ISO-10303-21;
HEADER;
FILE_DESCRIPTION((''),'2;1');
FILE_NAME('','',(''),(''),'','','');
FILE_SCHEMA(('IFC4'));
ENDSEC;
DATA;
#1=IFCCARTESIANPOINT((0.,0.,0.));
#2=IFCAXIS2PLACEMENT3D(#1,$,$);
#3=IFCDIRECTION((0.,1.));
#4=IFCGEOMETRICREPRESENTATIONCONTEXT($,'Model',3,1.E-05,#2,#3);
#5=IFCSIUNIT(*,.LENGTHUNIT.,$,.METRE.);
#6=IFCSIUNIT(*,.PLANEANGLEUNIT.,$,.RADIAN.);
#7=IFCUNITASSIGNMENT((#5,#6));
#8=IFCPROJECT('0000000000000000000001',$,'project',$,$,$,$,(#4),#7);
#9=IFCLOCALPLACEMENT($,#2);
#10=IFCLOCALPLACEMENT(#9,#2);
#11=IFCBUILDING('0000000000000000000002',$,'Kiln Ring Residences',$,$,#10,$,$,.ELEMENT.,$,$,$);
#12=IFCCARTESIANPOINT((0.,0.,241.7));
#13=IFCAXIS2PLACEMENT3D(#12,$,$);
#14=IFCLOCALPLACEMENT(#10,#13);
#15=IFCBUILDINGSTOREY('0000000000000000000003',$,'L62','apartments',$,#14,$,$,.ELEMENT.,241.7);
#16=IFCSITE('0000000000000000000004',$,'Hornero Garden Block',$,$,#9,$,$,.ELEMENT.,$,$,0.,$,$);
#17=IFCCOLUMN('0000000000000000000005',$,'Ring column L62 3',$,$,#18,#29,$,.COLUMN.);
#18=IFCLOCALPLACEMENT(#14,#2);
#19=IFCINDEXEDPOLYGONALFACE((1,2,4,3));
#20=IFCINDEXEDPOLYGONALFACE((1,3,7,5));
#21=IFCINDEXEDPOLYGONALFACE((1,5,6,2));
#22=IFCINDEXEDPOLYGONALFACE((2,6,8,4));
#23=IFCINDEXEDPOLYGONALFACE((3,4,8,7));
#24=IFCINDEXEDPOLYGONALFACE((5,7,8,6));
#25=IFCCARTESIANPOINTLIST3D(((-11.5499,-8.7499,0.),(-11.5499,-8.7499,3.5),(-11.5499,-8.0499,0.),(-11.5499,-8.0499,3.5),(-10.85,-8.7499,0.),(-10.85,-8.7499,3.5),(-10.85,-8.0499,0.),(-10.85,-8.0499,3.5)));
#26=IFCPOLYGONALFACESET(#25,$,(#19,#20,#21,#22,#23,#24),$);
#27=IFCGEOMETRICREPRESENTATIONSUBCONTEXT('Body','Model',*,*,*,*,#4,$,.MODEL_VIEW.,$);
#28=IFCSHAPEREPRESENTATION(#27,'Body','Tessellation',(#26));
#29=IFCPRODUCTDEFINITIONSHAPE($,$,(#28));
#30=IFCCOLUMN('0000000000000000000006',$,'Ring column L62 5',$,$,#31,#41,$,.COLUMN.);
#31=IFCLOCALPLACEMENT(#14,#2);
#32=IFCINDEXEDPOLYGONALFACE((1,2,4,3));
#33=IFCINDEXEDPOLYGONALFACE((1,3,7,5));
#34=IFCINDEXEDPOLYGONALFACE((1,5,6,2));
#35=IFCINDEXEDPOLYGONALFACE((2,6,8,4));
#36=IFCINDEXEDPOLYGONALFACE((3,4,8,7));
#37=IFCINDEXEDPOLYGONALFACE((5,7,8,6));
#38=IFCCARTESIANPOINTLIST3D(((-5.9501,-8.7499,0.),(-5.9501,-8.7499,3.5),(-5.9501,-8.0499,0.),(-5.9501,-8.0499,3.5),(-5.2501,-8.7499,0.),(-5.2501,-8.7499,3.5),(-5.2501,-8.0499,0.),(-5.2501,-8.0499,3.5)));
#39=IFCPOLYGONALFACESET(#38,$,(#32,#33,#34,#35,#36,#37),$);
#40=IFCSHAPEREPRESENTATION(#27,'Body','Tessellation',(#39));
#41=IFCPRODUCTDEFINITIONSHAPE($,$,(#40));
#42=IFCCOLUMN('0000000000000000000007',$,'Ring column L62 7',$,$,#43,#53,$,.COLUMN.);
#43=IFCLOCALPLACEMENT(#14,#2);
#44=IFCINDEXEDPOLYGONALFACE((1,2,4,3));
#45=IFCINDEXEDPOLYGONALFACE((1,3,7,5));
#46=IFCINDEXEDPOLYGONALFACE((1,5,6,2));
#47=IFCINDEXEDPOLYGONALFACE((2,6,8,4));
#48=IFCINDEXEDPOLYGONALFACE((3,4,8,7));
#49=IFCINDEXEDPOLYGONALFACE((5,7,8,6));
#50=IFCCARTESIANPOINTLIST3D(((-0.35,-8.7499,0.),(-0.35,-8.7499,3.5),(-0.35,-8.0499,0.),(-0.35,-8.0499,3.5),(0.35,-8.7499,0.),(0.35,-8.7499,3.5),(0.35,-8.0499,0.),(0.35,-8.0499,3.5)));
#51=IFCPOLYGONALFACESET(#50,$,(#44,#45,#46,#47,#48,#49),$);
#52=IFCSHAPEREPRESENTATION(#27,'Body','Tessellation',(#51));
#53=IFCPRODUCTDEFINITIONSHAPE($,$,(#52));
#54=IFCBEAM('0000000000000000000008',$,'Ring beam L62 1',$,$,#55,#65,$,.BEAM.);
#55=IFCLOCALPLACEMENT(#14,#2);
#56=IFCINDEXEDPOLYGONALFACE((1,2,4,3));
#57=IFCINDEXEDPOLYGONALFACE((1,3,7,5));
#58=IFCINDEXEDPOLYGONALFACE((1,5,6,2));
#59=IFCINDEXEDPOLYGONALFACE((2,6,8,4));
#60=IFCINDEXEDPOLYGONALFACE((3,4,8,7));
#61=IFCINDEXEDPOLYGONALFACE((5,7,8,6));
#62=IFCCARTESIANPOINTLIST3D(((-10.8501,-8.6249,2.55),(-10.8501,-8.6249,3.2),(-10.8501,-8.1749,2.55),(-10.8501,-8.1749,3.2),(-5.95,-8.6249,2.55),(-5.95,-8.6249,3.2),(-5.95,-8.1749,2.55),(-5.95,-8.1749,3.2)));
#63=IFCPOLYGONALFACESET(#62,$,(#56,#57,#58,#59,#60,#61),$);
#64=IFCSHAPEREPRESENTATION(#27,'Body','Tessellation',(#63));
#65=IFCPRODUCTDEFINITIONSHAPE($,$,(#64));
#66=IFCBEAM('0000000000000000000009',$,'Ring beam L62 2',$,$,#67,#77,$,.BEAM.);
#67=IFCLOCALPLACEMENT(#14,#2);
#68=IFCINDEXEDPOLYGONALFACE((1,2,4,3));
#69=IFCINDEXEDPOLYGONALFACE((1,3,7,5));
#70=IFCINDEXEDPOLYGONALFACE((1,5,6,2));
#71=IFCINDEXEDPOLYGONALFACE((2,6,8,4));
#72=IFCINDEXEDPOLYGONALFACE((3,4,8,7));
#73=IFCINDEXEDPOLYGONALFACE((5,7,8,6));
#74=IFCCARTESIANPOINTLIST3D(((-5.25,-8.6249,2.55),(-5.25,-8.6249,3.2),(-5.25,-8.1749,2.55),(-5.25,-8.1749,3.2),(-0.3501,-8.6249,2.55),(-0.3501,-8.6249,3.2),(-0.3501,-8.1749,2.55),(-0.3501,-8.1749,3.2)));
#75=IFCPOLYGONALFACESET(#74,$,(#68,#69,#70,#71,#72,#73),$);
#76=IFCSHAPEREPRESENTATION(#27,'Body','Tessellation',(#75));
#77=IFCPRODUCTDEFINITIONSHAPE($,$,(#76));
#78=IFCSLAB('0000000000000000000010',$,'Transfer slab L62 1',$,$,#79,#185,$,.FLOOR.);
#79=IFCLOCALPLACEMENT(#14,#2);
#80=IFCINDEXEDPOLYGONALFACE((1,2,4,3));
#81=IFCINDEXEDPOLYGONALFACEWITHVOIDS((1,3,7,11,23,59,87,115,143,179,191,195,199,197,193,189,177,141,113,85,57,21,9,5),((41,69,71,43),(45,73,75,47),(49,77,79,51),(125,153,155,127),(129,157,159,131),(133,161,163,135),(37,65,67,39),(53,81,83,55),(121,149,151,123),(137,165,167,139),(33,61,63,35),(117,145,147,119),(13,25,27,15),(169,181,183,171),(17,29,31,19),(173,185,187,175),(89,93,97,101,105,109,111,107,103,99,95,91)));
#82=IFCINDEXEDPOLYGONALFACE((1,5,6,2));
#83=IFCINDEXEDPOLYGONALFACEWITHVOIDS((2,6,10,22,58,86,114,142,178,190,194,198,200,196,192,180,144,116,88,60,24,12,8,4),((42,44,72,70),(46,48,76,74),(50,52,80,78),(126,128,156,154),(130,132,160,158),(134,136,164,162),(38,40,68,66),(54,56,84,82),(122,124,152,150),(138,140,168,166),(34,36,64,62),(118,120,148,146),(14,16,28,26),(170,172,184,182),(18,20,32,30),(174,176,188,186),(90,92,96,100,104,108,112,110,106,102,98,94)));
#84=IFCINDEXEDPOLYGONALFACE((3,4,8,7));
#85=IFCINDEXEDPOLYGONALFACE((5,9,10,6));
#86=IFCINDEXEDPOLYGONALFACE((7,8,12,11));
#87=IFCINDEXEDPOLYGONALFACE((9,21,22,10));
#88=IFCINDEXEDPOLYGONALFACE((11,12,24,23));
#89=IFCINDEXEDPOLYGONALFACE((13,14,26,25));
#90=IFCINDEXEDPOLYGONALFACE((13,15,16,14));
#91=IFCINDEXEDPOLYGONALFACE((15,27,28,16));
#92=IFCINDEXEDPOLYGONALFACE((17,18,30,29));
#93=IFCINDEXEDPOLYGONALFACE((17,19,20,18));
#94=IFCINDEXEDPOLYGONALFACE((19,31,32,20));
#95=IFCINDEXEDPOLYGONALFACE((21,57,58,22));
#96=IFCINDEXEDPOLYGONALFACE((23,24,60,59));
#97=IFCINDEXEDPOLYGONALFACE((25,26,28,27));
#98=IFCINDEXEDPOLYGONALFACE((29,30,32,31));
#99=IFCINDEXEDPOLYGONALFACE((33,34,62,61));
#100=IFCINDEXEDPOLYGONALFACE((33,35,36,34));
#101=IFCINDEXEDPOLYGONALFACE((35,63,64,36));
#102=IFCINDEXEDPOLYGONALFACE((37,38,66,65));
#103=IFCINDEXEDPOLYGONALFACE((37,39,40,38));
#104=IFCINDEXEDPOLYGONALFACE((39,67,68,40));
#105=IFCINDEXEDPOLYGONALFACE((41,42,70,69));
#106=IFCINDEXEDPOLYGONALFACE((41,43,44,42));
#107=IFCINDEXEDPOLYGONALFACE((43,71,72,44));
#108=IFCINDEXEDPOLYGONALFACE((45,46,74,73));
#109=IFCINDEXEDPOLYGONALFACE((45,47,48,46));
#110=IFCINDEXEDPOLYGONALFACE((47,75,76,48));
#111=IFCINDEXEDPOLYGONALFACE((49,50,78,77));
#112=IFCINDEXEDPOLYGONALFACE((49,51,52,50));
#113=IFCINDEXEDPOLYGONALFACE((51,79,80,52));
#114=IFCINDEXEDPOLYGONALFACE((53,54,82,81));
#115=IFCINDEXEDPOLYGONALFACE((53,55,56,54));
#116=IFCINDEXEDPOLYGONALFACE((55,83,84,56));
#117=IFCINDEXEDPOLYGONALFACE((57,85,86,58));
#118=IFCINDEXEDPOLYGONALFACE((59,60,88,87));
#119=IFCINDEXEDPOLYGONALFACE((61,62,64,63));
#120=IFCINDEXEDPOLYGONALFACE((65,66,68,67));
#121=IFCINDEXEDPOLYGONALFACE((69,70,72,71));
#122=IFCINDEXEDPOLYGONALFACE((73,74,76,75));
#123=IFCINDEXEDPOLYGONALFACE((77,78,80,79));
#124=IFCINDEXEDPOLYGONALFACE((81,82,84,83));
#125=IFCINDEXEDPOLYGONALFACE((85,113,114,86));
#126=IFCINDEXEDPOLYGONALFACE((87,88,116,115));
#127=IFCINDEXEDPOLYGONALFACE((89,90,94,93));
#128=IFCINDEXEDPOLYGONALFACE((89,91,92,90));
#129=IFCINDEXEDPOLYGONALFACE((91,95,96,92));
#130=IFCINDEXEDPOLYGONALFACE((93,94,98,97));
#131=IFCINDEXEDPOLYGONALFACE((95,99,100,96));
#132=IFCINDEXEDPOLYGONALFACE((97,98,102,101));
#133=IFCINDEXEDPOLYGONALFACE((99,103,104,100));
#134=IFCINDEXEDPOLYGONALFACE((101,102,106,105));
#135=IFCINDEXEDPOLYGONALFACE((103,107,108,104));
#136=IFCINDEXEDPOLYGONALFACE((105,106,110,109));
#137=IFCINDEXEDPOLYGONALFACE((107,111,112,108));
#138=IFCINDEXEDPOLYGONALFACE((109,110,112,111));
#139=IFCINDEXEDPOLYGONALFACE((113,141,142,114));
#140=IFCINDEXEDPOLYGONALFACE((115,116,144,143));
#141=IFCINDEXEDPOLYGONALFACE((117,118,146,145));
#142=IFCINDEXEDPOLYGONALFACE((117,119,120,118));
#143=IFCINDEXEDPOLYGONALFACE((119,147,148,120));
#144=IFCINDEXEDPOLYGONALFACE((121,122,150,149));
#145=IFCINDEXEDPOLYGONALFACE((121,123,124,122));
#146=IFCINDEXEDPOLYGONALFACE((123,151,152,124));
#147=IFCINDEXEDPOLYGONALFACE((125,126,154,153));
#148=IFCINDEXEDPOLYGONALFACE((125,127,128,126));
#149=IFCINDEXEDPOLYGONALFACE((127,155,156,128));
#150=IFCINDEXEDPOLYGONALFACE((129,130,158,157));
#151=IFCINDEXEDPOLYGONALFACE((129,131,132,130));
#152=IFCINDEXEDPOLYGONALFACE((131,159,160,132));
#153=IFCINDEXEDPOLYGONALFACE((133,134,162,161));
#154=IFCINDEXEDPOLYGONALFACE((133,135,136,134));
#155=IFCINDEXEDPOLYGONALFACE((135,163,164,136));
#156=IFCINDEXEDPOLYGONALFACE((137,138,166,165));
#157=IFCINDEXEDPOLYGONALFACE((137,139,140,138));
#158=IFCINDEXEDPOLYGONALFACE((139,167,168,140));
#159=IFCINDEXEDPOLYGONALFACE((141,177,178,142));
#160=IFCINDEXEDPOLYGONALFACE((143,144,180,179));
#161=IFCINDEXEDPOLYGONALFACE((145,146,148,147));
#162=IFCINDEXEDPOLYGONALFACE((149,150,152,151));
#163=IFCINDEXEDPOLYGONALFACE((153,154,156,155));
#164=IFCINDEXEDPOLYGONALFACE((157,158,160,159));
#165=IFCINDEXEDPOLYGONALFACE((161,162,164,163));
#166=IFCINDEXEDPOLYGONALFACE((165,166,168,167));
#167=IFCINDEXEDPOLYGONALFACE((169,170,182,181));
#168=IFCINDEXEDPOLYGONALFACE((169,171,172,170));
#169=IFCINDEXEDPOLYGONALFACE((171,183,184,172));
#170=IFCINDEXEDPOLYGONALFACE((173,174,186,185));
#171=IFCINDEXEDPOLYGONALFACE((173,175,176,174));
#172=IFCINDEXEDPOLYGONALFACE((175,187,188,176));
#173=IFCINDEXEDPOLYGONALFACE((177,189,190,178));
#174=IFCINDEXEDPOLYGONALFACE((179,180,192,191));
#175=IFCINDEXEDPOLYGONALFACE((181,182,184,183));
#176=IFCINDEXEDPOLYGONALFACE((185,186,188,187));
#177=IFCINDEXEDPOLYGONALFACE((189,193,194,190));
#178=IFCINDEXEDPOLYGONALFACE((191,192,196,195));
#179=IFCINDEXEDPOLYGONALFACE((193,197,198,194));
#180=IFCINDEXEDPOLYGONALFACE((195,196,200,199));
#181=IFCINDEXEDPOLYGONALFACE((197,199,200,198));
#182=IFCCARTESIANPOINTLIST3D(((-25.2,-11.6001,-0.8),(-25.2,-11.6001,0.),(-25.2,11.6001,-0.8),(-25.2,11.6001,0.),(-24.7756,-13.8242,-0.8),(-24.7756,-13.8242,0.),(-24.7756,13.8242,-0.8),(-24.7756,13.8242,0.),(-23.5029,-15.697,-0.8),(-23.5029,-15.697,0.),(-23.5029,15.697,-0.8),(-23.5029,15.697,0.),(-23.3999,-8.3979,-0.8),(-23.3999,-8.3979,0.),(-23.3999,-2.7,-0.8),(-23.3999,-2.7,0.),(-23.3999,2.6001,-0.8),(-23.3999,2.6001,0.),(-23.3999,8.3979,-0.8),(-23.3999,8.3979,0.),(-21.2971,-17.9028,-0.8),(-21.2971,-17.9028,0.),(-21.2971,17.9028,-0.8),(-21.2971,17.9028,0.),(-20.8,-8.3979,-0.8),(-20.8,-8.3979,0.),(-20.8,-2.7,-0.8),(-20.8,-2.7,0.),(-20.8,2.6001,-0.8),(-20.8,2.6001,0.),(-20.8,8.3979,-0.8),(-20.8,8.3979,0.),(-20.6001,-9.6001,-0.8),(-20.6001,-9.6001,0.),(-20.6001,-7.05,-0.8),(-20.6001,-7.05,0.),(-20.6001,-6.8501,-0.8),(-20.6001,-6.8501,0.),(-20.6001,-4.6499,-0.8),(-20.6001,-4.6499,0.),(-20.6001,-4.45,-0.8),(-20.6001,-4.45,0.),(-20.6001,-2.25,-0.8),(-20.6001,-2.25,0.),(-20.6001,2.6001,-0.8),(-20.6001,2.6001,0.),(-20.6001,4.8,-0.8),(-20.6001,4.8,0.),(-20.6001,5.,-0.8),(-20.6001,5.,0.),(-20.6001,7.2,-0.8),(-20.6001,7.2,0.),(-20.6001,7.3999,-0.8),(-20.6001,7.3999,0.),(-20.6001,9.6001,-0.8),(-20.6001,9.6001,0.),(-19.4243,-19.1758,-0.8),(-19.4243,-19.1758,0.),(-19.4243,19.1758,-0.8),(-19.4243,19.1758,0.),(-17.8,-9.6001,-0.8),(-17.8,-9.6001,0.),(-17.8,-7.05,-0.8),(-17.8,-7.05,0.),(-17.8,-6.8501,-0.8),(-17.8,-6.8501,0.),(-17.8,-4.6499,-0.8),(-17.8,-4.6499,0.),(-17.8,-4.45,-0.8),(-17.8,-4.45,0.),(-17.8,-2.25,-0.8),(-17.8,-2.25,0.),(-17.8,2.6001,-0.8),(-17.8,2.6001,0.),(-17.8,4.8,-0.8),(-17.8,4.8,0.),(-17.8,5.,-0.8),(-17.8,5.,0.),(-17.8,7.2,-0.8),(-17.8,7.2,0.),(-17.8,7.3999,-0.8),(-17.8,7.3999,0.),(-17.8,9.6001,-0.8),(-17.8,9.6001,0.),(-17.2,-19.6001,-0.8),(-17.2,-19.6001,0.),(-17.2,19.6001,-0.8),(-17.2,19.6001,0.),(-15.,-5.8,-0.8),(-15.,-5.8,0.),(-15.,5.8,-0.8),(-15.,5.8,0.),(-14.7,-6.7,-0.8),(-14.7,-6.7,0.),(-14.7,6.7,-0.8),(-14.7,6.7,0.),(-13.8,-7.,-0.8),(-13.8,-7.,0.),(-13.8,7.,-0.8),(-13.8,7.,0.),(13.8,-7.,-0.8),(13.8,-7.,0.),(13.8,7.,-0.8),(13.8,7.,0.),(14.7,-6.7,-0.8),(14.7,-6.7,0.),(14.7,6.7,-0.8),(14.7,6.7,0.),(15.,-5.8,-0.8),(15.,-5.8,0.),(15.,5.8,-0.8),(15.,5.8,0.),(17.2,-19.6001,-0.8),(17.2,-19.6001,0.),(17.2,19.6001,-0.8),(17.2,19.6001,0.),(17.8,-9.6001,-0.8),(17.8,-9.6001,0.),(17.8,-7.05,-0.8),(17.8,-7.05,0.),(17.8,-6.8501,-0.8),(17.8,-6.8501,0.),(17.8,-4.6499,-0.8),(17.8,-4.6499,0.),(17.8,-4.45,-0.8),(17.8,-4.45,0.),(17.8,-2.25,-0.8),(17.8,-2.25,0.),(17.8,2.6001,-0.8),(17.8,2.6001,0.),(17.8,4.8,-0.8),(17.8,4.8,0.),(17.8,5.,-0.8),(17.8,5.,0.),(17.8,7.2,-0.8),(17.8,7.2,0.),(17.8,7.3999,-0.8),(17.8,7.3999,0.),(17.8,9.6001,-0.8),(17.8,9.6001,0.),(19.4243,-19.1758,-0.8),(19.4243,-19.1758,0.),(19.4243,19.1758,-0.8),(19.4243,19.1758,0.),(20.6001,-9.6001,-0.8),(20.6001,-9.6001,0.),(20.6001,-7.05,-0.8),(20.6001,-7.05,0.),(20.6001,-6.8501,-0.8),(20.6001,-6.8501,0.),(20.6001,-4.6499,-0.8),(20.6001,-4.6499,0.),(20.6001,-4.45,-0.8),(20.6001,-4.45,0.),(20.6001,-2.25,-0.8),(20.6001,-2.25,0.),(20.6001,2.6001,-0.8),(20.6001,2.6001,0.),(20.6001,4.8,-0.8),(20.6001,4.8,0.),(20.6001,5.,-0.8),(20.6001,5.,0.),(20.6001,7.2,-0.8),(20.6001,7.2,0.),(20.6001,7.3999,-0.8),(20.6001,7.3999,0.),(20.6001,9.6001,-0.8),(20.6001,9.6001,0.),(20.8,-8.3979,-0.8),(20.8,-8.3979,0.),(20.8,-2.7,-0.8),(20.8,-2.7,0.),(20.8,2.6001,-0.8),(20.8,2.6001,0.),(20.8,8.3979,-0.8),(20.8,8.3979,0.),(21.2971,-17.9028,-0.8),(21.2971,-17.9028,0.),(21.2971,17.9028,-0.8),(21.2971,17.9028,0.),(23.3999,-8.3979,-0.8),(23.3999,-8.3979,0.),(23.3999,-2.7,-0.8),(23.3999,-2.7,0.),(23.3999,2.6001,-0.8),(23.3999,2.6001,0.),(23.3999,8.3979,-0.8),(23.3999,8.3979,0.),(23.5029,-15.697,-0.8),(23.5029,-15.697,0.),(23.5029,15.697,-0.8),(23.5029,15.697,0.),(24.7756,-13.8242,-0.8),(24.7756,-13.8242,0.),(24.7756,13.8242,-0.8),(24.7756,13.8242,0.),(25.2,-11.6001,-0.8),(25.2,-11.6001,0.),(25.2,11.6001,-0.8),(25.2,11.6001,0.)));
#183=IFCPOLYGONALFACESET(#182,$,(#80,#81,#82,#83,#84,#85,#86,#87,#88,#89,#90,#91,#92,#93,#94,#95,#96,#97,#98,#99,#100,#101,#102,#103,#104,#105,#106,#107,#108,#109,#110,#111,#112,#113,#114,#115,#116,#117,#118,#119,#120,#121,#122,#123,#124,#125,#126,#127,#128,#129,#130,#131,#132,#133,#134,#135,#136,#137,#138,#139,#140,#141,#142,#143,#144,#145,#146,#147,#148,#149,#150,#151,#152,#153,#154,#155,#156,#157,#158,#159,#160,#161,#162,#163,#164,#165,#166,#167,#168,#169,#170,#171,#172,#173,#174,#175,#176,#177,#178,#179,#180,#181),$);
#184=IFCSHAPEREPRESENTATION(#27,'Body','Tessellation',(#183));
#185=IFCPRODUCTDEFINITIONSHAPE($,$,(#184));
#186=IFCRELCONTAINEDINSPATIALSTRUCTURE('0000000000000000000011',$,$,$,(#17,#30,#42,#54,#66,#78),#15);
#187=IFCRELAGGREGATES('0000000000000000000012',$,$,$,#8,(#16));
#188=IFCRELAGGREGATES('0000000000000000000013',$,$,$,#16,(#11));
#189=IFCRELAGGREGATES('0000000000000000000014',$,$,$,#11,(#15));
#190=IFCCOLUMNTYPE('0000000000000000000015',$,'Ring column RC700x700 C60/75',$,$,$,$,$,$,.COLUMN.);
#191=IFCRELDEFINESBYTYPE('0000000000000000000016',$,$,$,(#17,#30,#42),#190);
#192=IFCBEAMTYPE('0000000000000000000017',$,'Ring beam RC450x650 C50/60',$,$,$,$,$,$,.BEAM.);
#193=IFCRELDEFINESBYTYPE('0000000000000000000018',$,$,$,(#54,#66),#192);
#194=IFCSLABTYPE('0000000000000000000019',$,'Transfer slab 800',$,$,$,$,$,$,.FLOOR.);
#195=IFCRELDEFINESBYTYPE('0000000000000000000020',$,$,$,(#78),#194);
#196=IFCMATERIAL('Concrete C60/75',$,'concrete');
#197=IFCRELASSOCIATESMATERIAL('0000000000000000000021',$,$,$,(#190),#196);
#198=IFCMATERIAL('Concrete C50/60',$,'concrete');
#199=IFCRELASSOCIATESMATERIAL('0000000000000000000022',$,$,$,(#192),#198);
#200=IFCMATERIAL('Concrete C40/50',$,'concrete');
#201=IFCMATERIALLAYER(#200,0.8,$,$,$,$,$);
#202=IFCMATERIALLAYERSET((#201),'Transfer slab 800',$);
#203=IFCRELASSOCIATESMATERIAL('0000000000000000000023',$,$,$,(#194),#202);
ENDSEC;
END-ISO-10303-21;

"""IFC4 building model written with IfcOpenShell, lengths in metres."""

from ifc_helpers import new_model, si_unit, direction, frame, origin, origin_2d, place, context, subcontext, project, spatial, polyline, rectangle, outline, extrude, material, layer, layer_set, material_profile, profile_set, type_object, element, save


model = new_model("IFC4")

# Units and contexts
model_context = context("Model", 3, precision=1e-05, world=origin(), true_north=direction((0.0, 1.0)))
body_context = subcontext(model_context, "Body", "Model", "MODEL_VIEW")
ifc_project = project(units=[si_unit("LENGTHUNIT", "METRE"), si_unit("PLANEANGLEUNIT", "RADIAN")], contexts=[model_context])

# Site, building, storey
site_placement = place(None, origin())
site = spatial("IfcSite", under=ifc_project, at=site_placement, Name="Hornero Garden Block", CompositionType="ELEMENT", RefElevation=0.0)
building_placement = place(site_placement, origin())
building = spatial("IfcBuilding", under=site, at=building_placement, Name="Kiln Ring Residences", CompositionType="ELEMENT")
storey_placement = place(building_placement, frame((0.0, 0.0, 241.7)))
storey = spatial("IfcBuildingStorey", under=building, at=storey_placement, Name="L62", Description="apartments", CompositionType="ELEMENT", Elevation=241.7)

# Columns
ifc_material_1 = material(Name="Concrete C60/75", Category="concrete")
ifc_material_profile_1 = material_profile(ifc_material_1, rectangle(XDim=0.7, YDim=0.7, at=origin_2d()), Name="RC700x700")
ifc_profile_set_1 = profile_set([ifc_material_profile_1], Name="Concrete C60/75")
column_type = type_object("IfcColumnType", Name="Ring column RC700x700 C60/75", PredefinedType="COLUMN", material=ifc_profile_set_1)
for number, where, z_axis, x_axis, name in (
    (1, (-11.2, -8.3999, 0.0), (0.0, 0.0, 1.0), (1.0, 0.0, 0.0), "Ring column L62 3"),
    (2, (-5.6001, -8.3999, 0.0), (0.0, 0.0, 1.0), (1.0, 0.0, 0.0), "Ring column L62 5"),
    (3, (0.0, -8.3999, 0.0), (0.0, 0.0, 1.0), (1.0, 0.0, 0.0), "Ring column L62 7"),
):
    element("IfcColumn", number, at=place(storey_placement, frame(where, z_axis=z_axis, x_axis=x_axis)), inside=storey, type_object=column_type, Name=name, PredefinedType="COLUMN", context=body_context, shape_type="SweptSolid", body=[
        extrude(rectangle(XDim=0.7, YDim=0.7, at=origin_2d()), origin(), (0.0, 0.0, 1.0), 3.5),
    ])

# Beams
ifc_material_2 = material(Name="Concrete C50/60", Category="concrete")
ifc_material_profile_2 = material_profile(ifc_material_2, rectangle(XDim=0.45, YDim=0.6499, at=origin_2d()), Name="RC450x650")
ifc_profile_set_2 = profile_set([ifc_material_profile_2], Name="Concrete C50/60")
beam_type = type_object("IfcBeamType", Name="Ring beam RC450x650 C50/60", PredefinedType="BEAM", material=ifc_profile_set_2)
beam_1_placement = place(storey_placement, frame((-10.8501, -8.3999, 2.875), z_axis=(1.0, 0.0, 0.0), x_axis=(0.0, 1.0, 0.0)))
element("IfcBeam", 4, at=beam_1_placement, inside=storey, type_object=beam_type, Name="Ring beam L62 1", PredefinedType="BEAM", context=body_context, shape_type="SweptSolid", body=[
    extrude(rectangle(XDim=0.45, YDim=0.6499, at=origin_2d()), origin(), (0.0, 0.0, 1.0), 4.9001),
])
beam_2_placement = place(storey_placement, frame((-5.25, -8.3999, 2.875), z_axis=(1.0, 0.0, 0.0), x_axis=(0.0, 1.0, 0.0)))
element("IfcBeam", 5, at=beam_2_placement, inside=storey, type_object=beam_type, Name="Ring beam L62 2", PredefinedType="BEAM", context=body_context, shape_type="SweptSolid", body=[
    extrude(rectangle(XDim=0.45, YDim=0.6499, at=origin_2d()), origin(), (0.0, 0.0, 1.0), 4.8999),
])

# Slab
ifc_material_3 = material(Name="Concrete C40/50", Category="concrete")
ifc_layer_1 = layer(ifc_material_3, 0.8)
ifc_layer_set_1 = layer_set([ifc_layer_1], Name="Transfer slab 800")
slab_type = type_object("IfcSlabType", Name="Transfer slab 800", PredefinedType="FLOOR", material=ifc_layer_set_1)
slab_placement = place(storey_placement, frame((0.0, 0.0, -0.8)))
element("IfcSlab", 6, at=slab_placement, inside=storey, type_object=slab_type, Name="Transfer slab L62 1", PredefinedType="FLOOR", context=body_context, shape_type="SweptSolid", body=[
    extrude(outline(polyline([(-23.5029, -15.697), (-21.2971, -17.9028), (-19.4243, -19.1758), (-17.2, -19.6001), (17.2, -19.6001), (19.4243, -19.1758), (21.2971, -17.9028), (23.5029, -15.697), (24.7756, -13.8242), (25.2, -11.6001), (25.2, 11.6001), (24.7756, 13.8242), (23.5029, 15.697), (21.2971, 17.9028), (19.4243, 19.1758), (17.2, 19.6001), (-17.2, 19.6001), (-19.4243, 19.1758), (-21.2971, 17.9028), (-23.5029, 15.697), (-24.7756, 13.8242), (-25.2, 11.6001), (-25.2, -11.6001), (-24.7756, -13.8242), (-23.5029, -15.697)]), holes=[polyline([(-14.7, -6.7), (-15.0, -5.8), (-15.0, 5.8), (-14.7, 6.7), (-13.8, 7.0), (13.8, 7.0), (14.7, 6.7), (15.0, 5.8), (15.0, -5.8), (14.7, -6.7), (13.8, -7.0), (-13.8, -7.0), (-14.7, -6.7)]), polyline([(20.8, -8.3979), (20.8, -2.7), (23.3999, -2.7), (23.3999, -8.3979), (20.8, -8.3979)]), polyline([(20.8, 2.6001), (20.8, 8.3979), (23.3999, 8.3979), (23.3999, 2.6001), (20.8, 2.6001)]), polyline([(17.8, -9.6001), (17.8, -7.05), (20.6001, -7.05), (20.6001, -9.6001), (17.8, -9.6001)]), polyline([(17.8, -6.8501), (17.8, -4.6499), (20.6001, -4.6499), (20.6001, -6.8501), (17.8, -6.8501)]), polyline([(17.8, -4.45), (17.8, -2.25), (20.6001, -2.25), (20.6001, -4.45), (17.8, -4.45)]), polyline([(17.8, 2.6001), (17.8, 4.8), (20.6001, 4.8), (20.6001, 2.6001), (17.8, 2.6001)]), polyline([(17.8, 5.0), (17.8, 7.2), (20.6001, 7.2), (20.6001, 5.0), (17.8, 5.0)]), polyline([(17.8, 7.3999), (17.8, 9.6001), (20.6001, 9.6001), (20.6001, 7.3999), (17.8, 7.3999)]), polyline([(-17.8, -9.6001), (-20.6001, -9.6001), (-20.6001, -7.05), (-17.8, -7.05), (-17.8, -9.6001)]), polyline([(-17.8, -6.8501), (-20.6001, -6.8501), (-20.6001, -4.6499), (-17.8, -4.6499), (-17.8, -6.8501)]), polyline([(-17.8, -4.45), (-20.6001, -4.45), (-20.6001, -2.25), (-17.8, -2.25), (-17.8, -4.45)]), polyline([(-17.8, 2.6001), (-20.6001, 2.6001), (-20.6001, 4.8), (-17.8, 4.8), (-17.8, 2.6001)]), polyline([(-17.8, 5.0), (-20.6001, 5.0), (-20.6001, 7.2), (-17.8, 7.2), (-17.8, 5.0)]), polyline([(-17.8, 7.3999), (-20.6001, 7.3999), (-20.6001, 9.6001), (-17.8, 9.6001), (-17.8, 7.3999)]), polyline([(-20.8, -8.3979), (-23.3999, -8.3979), (-23.3999, -2.7), (-20.8, -2.7), (-20.8, -8.3979)]), polyline([(-20.8, 2.6001), (-23.3999, 2.6001), (-23.3999, 8.3979), (-20.8, 8.3979), (-20.8, 2.6001)])]), origin(), (0.0, 0.0, 1.0), 0.8),
])

save(model, "model.ifc")
